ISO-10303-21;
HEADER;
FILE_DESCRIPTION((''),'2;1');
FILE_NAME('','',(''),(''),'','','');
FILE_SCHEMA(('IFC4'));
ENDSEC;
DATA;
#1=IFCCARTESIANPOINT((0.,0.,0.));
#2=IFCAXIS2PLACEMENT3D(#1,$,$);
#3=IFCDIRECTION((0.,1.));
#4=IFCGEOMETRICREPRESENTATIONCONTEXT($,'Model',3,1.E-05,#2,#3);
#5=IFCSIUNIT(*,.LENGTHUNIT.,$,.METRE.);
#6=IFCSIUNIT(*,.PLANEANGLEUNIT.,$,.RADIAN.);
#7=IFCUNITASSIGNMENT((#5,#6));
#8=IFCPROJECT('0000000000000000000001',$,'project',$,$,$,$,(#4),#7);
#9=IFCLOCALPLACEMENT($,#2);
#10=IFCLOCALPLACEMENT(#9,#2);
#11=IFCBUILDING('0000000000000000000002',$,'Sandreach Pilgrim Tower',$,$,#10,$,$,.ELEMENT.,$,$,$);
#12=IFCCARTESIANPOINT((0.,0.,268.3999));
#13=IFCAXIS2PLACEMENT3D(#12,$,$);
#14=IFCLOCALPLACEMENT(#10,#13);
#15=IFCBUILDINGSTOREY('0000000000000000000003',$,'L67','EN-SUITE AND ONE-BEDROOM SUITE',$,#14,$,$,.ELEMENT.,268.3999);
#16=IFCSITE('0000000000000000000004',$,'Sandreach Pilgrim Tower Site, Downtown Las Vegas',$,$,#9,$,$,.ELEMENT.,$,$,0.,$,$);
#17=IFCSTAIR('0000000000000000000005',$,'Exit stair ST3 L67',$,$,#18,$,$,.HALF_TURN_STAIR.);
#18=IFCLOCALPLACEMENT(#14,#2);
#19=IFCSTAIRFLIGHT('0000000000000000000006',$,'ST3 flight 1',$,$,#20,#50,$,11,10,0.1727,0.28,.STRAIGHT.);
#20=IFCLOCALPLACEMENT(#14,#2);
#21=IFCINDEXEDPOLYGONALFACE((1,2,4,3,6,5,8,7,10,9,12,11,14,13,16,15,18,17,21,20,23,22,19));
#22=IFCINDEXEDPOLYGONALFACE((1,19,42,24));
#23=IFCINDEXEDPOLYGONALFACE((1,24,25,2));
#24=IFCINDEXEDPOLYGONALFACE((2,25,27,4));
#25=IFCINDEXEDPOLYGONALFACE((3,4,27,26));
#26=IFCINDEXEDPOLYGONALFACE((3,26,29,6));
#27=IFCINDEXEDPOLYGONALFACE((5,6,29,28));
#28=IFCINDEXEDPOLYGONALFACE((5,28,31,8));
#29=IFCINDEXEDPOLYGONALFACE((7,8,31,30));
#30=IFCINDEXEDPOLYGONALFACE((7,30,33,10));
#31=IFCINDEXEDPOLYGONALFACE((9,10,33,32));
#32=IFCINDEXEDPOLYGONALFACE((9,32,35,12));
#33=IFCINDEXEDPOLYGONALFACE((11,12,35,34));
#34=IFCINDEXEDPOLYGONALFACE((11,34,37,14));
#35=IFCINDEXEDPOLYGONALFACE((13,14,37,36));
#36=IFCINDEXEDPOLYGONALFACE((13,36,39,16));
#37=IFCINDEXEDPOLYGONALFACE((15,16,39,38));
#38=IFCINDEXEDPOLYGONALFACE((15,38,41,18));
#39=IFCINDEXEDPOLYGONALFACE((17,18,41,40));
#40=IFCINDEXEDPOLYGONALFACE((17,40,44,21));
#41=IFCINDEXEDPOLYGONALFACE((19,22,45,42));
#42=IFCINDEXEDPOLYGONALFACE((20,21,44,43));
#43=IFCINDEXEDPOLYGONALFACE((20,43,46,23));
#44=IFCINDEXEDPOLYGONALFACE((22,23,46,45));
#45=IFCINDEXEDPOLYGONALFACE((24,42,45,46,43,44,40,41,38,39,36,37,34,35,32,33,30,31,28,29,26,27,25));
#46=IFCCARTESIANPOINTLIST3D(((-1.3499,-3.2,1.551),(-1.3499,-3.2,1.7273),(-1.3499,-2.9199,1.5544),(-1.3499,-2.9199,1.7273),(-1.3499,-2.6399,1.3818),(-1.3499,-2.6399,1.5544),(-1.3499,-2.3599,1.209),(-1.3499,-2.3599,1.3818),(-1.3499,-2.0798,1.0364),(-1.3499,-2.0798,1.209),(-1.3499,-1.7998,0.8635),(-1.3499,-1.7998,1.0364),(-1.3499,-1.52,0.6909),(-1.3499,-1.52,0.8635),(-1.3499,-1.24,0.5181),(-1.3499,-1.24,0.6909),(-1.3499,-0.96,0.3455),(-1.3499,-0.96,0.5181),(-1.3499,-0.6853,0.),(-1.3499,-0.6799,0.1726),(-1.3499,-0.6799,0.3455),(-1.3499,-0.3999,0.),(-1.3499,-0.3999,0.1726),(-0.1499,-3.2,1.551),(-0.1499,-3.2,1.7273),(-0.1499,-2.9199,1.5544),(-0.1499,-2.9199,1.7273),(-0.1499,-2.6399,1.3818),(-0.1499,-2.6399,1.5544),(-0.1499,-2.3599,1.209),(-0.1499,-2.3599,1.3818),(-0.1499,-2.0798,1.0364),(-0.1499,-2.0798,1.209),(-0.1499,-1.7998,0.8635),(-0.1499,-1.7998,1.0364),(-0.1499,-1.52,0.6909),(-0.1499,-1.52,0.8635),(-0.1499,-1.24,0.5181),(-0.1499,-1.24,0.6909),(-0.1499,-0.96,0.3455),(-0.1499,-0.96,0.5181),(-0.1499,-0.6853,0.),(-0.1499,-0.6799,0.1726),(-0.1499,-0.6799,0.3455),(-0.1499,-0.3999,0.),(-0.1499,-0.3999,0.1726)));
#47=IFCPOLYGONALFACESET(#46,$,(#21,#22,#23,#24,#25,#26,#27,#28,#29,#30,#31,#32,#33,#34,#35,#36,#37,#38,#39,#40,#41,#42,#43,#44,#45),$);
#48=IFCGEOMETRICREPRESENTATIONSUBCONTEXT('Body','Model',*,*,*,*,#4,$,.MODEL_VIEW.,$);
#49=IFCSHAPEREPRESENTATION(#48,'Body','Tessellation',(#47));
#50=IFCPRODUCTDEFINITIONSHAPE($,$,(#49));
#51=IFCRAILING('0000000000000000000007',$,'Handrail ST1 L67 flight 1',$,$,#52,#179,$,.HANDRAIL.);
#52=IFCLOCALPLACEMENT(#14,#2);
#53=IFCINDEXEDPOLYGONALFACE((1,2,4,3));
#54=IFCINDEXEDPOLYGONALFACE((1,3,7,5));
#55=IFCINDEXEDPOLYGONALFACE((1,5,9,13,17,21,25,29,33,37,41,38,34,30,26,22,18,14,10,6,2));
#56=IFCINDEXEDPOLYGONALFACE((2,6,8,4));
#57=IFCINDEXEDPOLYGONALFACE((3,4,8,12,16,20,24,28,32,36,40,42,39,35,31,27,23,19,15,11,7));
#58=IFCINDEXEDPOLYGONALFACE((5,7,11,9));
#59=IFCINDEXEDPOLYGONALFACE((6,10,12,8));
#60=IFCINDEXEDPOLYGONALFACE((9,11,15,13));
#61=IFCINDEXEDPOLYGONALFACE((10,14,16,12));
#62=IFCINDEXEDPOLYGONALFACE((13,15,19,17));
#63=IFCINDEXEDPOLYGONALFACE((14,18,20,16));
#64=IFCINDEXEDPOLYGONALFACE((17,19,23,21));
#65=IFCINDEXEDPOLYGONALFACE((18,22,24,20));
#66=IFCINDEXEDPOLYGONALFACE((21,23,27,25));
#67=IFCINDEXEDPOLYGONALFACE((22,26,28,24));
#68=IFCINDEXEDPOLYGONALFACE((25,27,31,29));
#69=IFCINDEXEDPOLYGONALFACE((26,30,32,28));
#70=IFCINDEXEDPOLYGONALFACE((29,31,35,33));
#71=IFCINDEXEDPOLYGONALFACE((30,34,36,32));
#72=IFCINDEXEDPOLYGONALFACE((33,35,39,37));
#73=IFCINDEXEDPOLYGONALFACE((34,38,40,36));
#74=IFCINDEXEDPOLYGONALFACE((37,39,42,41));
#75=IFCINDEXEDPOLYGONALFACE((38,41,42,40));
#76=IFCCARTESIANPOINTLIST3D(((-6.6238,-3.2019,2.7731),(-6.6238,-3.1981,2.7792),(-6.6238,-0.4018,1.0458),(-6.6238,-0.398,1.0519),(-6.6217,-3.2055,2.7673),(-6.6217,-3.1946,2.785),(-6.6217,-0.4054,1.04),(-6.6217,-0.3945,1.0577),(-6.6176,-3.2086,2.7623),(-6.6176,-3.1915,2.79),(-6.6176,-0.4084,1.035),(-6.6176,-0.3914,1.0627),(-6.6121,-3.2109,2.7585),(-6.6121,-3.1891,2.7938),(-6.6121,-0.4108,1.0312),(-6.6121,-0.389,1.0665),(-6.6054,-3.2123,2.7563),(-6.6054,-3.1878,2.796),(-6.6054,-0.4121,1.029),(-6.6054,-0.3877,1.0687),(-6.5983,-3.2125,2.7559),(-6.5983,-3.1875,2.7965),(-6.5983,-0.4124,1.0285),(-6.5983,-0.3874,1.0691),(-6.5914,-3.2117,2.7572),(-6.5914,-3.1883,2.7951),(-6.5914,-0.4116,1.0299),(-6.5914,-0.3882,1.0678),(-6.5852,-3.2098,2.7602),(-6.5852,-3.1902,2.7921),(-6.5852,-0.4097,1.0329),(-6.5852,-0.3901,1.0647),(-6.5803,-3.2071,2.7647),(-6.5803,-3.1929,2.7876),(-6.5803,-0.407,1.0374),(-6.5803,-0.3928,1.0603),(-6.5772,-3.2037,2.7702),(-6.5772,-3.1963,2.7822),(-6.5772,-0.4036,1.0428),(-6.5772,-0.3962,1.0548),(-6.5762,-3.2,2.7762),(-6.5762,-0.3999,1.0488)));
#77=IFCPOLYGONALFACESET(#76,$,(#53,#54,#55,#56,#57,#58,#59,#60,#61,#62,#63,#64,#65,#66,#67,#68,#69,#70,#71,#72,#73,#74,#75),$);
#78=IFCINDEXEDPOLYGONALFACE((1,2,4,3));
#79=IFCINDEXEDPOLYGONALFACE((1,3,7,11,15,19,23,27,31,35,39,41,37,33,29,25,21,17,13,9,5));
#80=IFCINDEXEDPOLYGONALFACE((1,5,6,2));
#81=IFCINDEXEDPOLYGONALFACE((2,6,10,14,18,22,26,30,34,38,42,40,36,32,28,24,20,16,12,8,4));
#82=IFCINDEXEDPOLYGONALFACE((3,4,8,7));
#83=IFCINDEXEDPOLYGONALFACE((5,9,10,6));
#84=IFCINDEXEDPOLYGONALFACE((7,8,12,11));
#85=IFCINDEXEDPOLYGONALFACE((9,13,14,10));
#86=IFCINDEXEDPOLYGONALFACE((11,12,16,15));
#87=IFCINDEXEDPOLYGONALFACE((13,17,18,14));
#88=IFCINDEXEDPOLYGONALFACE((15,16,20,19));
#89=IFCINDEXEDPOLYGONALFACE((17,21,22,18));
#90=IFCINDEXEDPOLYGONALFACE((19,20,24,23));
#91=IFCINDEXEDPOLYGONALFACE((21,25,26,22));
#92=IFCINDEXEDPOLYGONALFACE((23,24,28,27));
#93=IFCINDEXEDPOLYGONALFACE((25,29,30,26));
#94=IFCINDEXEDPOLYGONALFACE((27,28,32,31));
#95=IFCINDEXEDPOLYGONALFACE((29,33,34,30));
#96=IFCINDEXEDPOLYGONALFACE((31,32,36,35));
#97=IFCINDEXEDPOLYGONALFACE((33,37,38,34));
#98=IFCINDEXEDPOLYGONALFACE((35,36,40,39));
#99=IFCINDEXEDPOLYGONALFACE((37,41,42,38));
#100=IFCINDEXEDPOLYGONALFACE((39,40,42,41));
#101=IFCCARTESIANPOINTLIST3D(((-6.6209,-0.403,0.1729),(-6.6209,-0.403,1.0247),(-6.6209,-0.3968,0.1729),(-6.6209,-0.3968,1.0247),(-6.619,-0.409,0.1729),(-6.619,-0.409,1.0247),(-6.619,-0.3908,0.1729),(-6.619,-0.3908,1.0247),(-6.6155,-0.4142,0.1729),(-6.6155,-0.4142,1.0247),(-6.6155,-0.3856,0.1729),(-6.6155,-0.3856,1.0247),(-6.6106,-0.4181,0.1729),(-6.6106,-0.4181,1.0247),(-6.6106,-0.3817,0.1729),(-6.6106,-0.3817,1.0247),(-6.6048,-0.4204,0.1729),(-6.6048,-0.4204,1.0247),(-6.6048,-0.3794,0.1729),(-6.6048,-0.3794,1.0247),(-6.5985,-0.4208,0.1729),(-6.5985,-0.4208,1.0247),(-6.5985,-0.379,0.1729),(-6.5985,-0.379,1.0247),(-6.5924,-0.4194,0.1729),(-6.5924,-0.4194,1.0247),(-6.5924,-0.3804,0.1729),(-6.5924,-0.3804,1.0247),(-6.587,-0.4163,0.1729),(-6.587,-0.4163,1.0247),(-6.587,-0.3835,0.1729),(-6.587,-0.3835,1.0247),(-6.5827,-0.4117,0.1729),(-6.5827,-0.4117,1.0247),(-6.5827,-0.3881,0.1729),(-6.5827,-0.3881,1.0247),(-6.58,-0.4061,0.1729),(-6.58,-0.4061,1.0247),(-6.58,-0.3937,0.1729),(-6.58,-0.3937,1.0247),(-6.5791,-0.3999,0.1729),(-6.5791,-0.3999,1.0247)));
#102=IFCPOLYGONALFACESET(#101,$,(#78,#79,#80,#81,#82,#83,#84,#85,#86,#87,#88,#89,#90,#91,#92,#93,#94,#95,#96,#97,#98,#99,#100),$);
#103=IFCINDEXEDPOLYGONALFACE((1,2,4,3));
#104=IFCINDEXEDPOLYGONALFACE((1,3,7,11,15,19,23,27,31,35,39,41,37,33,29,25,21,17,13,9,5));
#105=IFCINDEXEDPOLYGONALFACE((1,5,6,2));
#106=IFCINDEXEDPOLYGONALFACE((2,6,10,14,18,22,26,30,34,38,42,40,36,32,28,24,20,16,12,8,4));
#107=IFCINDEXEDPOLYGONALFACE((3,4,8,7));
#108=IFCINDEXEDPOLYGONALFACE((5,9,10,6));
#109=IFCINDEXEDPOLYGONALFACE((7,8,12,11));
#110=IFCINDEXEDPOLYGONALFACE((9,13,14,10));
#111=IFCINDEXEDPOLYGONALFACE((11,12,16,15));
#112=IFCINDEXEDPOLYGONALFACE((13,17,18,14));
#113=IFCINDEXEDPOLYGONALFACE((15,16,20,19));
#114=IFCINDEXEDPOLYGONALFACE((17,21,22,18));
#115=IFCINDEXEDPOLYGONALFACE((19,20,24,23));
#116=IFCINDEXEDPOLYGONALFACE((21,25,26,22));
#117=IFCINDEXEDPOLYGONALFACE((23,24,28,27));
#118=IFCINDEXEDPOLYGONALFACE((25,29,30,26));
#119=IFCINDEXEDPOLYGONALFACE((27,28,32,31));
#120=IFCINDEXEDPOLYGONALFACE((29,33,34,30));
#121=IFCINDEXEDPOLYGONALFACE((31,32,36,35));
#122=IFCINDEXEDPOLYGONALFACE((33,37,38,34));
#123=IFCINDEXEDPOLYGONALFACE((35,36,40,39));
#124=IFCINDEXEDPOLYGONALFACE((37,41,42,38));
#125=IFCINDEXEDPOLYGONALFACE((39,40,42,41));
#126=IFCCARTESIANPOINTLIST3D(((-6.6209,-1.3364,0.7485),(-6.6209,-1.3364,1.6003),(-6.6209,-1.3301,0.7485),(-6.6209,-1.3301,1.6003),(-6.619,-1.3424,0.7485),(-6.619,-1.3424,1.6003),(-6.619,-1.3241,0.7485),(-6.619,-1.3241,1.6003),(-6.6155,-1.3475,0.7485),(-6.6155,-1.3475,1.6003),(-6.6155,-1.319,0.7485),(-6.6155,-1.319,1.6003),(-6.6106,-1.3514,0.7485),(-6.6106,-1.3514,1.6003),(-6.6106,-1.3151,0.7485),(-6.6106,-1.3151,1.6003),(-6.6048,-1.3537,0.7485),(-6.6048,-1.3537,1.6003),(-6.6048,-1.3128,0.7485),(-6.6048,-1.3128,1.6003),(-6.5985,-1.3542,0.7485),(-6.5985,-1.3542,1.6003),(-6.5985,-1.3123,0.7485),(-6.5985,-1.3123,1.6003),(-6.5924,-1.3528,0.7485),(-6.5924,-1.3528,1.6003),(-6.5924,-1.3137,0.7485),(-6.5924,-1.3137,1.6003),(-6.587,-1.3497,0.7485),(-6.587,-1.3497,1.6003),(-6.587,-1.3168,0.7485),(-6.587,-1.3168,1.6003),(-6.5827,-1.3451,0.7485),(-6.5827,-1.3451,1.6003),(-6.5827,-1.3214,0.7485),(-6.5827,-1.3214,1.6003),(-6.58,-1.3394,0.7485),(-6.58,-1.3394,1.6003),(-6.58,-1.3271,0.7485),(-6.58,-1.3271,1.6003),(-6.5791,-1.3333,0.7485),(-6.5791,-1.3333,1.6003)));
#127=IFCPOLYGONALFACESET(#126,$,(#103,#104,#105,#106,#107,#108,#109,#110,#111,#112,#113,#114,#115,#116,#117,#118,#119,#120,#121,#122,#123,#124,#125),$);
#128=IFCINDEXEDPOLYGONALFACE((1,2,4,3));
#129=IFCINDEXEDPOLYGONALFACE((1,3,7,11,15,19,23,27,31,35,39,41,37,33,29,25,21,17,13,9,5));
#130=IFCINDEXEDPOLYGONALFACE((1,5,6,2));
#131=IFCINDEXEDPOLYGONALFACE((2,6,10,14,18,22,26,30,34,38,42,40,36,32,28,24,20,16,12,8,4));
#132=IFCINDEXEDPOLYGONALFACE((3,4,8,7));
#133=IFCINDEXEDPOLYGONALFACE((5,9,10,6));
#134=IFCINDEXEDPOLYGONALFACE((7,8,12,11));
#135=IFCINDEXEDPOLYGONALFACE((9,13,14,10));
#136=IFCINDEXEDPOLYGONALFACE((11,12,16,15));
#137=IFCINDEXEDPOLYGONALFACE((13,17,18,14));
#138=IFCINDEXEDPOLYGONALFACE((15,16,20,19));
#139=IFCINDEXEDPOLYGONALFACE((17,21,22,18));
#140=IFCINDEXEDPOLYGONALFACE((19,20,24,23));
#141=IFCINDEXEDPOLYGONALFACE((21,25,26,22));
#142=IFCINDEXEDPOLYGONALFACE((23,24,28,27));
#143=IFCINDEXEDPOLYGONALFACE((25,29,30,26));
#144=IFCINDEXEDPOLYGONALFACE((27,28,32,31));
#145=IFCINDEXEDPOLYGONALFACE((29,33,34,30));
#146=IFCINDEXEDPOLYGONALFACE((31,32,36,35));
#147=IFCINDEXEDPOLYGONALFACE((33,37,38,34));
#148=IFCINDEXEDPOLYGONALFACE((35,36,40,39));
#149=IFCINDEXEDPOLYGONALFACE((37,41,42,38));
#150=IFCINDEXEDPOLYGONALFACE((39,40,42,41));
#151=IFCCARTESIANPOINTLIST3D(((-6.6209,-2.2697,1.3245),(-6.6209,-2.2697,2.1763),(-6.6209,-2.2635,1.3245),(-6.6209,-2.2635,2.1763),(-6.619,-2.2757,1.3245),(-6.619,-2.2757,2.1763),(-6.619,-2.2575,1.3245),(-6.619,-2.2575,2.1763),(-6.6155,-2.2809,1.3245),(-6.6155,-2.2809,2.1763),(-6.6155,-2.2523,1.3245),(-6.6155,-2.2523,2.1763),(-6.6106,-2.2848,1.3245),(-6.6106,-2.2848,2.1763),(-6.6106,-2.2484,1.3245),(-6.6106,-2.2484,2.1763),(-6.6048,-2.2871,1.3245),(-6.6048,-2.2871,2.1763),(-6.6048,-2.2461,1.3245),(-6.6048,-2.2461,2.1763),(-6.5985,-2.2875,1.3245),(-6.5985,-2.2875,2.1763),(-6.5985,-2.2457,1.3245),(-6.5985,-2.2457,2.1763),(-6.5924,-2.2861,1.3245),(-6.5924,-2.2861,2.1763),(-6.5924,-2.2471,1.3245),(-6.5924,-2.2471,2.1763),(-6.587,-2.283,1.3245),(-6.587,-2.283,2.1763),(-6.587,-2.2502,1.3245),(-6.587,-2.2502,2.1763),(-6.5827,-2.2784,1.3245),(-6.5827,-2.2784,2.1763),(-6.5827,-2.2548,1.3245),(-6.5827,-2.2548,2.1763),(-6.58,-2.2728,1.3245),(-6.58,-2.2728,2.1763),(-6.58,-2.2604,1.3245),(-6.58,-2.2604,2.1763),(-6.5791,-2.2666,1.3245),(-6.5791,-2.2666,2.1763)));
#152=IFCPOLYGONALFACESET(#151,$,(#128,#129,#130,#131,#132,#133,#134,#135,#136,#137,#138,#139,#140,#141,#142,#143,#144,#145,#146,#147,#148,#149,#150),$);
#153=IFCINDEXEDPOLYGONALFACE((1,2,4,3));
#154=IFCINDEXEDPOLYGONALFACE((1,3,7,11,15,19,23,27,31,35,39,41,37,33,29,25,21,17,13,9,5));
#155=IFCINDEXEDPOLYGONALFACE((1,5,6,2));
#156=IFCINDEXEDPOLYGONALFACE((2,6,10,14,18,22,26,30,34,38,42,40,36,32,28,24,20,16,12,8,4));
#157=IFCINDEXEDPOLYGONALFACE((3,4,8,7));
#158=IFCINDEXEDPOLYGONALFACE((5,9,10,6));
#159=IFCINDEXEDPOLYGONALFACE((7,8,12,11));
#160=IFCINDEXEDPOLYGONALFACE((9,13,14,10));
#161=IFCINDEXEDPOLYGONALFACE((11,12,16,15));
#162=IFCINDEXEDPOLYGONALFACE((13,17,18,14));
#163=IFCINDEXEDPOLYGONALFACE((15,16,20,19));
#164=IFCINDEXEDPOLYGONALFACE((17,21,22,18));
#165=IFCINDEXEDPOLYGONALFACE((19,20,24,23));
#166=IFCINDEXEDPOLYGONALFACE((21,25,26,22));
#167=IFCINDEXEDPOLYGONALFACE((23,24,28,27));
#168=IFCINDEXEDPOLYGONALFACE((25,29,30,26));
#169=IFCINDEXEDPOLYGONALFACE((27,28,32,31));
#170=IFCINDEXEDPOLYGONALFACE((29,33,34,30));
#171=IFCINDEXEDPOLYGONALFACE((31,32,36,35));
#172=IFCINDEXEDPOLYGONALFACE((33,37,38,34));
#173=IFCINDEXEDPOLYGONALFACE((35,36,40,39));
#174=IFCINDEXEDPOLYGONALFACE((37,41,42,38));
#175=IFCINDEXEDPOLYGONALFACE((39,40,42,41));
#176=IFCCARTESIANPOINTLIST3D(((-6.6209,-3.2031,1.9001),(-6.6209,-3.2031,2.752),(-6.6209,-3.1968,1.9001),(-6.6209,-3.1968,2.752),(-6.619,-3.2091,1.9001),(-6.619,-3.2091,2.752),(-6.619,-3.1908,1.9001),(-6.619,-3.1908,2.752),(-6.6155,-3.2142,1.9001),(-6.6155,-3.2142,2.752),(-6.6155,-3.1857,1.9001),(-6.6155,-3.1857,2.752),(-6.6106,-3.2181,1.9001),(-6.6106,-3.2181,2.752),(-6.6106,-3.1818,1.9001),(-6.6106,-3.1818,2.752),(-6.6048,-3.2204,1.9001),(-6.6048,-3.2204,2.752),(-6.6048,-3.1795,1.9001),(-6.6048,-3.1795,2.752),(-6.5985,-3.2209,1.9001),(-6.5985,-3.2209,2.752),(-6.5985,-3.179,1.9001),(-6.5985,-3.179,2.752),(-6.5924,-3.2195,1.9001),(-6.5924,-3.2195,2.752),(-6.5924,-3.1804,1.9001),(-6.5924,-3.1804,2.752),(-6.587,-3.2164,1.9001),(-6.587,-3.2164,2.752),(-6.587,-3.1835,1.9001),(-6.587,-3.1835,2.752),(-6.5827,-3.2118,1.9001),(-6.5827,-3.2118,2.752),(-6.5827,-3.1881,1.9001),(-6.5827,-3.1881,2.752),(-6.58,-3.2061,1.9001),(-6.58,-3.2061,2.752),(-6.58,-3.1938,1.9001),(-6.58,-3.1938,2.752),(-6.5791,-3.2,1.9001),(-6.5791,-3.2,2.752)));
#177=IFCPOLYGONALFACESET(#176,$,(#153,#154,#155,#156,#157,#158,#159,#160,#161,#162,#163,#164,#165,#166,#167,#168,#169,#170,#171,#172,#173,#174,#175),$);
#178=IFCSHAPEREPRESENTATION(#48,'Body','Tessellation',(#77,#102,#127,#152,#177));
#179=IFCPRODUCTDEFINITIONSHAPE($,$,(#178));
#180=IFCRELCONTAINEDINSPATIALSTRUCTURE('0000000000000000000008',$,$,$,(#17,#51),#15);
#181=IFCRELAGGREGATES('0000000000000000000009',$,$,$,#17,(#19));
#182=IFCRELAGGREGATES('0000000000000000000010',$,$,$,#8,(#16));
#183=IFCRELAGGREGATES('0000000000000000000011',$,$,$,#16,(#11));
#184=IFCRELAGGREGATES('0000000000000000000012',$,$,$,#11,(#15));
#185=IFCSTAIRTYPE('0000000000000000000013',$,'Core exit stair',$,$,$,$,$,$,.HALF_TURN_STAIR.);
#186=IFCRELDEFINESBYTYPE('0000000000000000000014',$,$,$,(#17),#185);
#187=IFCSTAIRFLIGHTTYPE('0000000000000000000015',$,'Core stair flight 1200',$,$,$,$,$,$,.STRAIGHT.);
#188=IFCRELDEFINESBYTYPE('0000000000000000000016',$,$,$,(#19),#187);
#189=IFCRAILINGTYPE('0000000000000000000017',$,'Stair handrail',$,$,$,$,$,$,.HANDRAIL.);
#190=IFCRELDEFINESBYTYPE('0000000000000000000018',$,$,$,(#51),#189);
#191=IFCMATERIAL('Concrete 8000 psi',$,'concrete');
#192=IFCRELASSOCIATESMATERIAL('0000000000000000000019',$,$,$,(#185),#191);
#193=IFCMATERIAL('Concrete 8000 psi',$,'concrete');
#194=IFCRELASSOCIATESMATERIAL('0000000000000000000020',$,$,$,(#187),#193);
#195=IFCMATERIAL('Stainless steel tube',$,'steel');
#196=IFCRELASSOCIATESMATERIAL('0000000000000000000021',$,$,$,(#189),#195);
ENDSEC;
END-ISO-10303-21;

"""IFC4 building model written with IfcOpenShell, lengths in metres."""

from ifc_helpers import new_model, si_unit, direction, frame, origin, origin_2d, place, context, subcontext, project, spatial, polyline, circle, outline, extrude, material, type_object, element, aggregate, save


model = new_model("IFC4")

# Units and contexts
model_context = context("Model", 3, precision=1e-05, world=origin(), true_north=direction((0.0, 1.0)))
body_context = subcontext(model_context, "Body", "Model", "MODEL_VIEW")
ifc_project = project(units=[si_unit("LENGTHUNIT", "METRE"), si_unit("PLANEANGLEUNIT", "RADIAN")], contexts=[model_context])

# Site, building, storey
site_placement = place(None, origin())
site = spatial("IfcSite", under=ifc_project, at=site_placement, Name="Sandreach Pilgrim Tower Site, Downtown Las Vegas", CompositionType="ELEMENT", RefElevation=0.0)
building_placement = place(site_placement, origin())
building = spatial("IfcBuilding", under=site, at=building_placement, Name="Sandreach Pilgrim Tower", CompositionType="ELEMENT")
storey_placement = place(building_placement, frame((0.0, 0.0, 268.3999)))
storey = spatial("IfcBuildingStorey", under=building, at=storey_placement, Name="L67", Description="EN-SUITE AND ONE-BEDROOM SUITE", CompositionType="ELEMENT", Elevation=268.3999)

# Shared definitions
ifc_material_1 = material(Name="Concrete 8000 psi", Category="concrete")
stair_type = type_object("IfcStairType", Name="Core exit stair", PredefinedType="HALF_TURN_STAIR", material=ifc_material_1)
ifc_material_2 = material(Name="Concrete 8000 psi", Category="concrete")
stair_flight_type = type_object("IfcStairFlightType", Name="Core stair flight 1200", PredefinedType="STRAIGHT", material=ifc_material_2)

# Stair, stair flight
stair_1_placement = place(storey_placement, origin())
stair_1 = element("IfcStair", 1, at=stair_1_placement, inside=storey, type_object=stair_type, Name="Exit stair ST3 L67", PredefinedType="HALF_TURN_STAIR")
stair_flight_1_placement = place(storey_placement, frame((-0.75, -0.3999, 0.0), z_axis=(0.0, 0.0, 1.0), x_axis=(0.0, -1.0, 0.0)))
stair_flight_1 = element("IfcStairFlight", 2, at=stair_flight_1_placement, type_object=stair_flight_type, Name="ST3 flight 1", NumberOfRisers=11, NumberOfTreads=10, PredefinedType="STRAIGHT", RiserHeight=0.1727, TreadLength=0.28, context=body_context, shape_type="SweptSolid", body=[
    extrude(outline(polyline([(0.0, 0.0), (0.0, 0.1726), (0.28, 0.1726), (0.28, 0.3455), (0.5601, 0.3455), (0.5601, 0.5181), (0.8401, 0.5181), (0.8401, 0.6909), (1.1201, 0.6909), (1.1201, 0.8635), (1.3999, 0.8635), (1.3999, 1.0364), (1.6799, 1.0364), (1.6799, 1.209), (1.96, 1.209), (1.96, 1.3818), (2.24, 1.3818), (2.24, 1.5544), (2.52, 1.5544), (2.52, 1.7273), (2.8, 1.7273), (2.8, 1.8999), (2.8, 1.551), (0.2854, 0.0), (0.0, 0.0)])), frame((0.0, 0.6001, 0.0), z_axis=(0.0, -1.0, 0.0), x_axis=(1.0, 0.0, 0.0)), (0.0, 0.0, 1.0), 1.2),
])
aggregate(stair_1, [stair_flight_1])

# Railing
ifc_material_3 = material(Name="Stainless steel tube", Category="steel")
railing_type = type_object("IfcRailingType", Name="Stair handrail", PredefinedType="HANDRAIL", material=ifc_material_3)
railing_placement = place(storey_placement, frame((-6.6001, -0.3999, 0.1729)))
element("IfcRailing", 3, at=railing_placement, inside=storey, type_object=railing_type, Name="Handrail ST1 L67 flight 1", PredefinedType="HANDRAIL", context=body_context, shape_type="SweptSolid", body=[
    extrude(circle(Radius=0.0239, at=origin_2d()), frame((0.0, 0.0, 0.876), z_axis=(0.0, -0.85109, 0.52502), x_axis=(1.0, 0.0, 0.0)), (0.0, 0.0, 1.0), 3.29),
    extrude(circle(Radius=0.021, at=origin_2d()), origin(), (0.0, 0.0, 1.0), 0.8518),
    extrude(circle(Radius=0.021, at=origin_2d()), frame((0.0, -0.9333, 0.5757)), (0.0, 0.0, 1.0), 0.8518),
    extrude(circle(Radius=0.021, at=origin_2d()), frame((0.0, -1.8667, 1.1516)), (0.0, 0.0, 1.0), 0.8518),
    extrude(circle(Radius=0.021, at=origin_2d()), frame((0.0, -2.8, 1.7273)), (0.0, 0.0, 1.0), 0.8518),
])

save(model, "model.ifc")
